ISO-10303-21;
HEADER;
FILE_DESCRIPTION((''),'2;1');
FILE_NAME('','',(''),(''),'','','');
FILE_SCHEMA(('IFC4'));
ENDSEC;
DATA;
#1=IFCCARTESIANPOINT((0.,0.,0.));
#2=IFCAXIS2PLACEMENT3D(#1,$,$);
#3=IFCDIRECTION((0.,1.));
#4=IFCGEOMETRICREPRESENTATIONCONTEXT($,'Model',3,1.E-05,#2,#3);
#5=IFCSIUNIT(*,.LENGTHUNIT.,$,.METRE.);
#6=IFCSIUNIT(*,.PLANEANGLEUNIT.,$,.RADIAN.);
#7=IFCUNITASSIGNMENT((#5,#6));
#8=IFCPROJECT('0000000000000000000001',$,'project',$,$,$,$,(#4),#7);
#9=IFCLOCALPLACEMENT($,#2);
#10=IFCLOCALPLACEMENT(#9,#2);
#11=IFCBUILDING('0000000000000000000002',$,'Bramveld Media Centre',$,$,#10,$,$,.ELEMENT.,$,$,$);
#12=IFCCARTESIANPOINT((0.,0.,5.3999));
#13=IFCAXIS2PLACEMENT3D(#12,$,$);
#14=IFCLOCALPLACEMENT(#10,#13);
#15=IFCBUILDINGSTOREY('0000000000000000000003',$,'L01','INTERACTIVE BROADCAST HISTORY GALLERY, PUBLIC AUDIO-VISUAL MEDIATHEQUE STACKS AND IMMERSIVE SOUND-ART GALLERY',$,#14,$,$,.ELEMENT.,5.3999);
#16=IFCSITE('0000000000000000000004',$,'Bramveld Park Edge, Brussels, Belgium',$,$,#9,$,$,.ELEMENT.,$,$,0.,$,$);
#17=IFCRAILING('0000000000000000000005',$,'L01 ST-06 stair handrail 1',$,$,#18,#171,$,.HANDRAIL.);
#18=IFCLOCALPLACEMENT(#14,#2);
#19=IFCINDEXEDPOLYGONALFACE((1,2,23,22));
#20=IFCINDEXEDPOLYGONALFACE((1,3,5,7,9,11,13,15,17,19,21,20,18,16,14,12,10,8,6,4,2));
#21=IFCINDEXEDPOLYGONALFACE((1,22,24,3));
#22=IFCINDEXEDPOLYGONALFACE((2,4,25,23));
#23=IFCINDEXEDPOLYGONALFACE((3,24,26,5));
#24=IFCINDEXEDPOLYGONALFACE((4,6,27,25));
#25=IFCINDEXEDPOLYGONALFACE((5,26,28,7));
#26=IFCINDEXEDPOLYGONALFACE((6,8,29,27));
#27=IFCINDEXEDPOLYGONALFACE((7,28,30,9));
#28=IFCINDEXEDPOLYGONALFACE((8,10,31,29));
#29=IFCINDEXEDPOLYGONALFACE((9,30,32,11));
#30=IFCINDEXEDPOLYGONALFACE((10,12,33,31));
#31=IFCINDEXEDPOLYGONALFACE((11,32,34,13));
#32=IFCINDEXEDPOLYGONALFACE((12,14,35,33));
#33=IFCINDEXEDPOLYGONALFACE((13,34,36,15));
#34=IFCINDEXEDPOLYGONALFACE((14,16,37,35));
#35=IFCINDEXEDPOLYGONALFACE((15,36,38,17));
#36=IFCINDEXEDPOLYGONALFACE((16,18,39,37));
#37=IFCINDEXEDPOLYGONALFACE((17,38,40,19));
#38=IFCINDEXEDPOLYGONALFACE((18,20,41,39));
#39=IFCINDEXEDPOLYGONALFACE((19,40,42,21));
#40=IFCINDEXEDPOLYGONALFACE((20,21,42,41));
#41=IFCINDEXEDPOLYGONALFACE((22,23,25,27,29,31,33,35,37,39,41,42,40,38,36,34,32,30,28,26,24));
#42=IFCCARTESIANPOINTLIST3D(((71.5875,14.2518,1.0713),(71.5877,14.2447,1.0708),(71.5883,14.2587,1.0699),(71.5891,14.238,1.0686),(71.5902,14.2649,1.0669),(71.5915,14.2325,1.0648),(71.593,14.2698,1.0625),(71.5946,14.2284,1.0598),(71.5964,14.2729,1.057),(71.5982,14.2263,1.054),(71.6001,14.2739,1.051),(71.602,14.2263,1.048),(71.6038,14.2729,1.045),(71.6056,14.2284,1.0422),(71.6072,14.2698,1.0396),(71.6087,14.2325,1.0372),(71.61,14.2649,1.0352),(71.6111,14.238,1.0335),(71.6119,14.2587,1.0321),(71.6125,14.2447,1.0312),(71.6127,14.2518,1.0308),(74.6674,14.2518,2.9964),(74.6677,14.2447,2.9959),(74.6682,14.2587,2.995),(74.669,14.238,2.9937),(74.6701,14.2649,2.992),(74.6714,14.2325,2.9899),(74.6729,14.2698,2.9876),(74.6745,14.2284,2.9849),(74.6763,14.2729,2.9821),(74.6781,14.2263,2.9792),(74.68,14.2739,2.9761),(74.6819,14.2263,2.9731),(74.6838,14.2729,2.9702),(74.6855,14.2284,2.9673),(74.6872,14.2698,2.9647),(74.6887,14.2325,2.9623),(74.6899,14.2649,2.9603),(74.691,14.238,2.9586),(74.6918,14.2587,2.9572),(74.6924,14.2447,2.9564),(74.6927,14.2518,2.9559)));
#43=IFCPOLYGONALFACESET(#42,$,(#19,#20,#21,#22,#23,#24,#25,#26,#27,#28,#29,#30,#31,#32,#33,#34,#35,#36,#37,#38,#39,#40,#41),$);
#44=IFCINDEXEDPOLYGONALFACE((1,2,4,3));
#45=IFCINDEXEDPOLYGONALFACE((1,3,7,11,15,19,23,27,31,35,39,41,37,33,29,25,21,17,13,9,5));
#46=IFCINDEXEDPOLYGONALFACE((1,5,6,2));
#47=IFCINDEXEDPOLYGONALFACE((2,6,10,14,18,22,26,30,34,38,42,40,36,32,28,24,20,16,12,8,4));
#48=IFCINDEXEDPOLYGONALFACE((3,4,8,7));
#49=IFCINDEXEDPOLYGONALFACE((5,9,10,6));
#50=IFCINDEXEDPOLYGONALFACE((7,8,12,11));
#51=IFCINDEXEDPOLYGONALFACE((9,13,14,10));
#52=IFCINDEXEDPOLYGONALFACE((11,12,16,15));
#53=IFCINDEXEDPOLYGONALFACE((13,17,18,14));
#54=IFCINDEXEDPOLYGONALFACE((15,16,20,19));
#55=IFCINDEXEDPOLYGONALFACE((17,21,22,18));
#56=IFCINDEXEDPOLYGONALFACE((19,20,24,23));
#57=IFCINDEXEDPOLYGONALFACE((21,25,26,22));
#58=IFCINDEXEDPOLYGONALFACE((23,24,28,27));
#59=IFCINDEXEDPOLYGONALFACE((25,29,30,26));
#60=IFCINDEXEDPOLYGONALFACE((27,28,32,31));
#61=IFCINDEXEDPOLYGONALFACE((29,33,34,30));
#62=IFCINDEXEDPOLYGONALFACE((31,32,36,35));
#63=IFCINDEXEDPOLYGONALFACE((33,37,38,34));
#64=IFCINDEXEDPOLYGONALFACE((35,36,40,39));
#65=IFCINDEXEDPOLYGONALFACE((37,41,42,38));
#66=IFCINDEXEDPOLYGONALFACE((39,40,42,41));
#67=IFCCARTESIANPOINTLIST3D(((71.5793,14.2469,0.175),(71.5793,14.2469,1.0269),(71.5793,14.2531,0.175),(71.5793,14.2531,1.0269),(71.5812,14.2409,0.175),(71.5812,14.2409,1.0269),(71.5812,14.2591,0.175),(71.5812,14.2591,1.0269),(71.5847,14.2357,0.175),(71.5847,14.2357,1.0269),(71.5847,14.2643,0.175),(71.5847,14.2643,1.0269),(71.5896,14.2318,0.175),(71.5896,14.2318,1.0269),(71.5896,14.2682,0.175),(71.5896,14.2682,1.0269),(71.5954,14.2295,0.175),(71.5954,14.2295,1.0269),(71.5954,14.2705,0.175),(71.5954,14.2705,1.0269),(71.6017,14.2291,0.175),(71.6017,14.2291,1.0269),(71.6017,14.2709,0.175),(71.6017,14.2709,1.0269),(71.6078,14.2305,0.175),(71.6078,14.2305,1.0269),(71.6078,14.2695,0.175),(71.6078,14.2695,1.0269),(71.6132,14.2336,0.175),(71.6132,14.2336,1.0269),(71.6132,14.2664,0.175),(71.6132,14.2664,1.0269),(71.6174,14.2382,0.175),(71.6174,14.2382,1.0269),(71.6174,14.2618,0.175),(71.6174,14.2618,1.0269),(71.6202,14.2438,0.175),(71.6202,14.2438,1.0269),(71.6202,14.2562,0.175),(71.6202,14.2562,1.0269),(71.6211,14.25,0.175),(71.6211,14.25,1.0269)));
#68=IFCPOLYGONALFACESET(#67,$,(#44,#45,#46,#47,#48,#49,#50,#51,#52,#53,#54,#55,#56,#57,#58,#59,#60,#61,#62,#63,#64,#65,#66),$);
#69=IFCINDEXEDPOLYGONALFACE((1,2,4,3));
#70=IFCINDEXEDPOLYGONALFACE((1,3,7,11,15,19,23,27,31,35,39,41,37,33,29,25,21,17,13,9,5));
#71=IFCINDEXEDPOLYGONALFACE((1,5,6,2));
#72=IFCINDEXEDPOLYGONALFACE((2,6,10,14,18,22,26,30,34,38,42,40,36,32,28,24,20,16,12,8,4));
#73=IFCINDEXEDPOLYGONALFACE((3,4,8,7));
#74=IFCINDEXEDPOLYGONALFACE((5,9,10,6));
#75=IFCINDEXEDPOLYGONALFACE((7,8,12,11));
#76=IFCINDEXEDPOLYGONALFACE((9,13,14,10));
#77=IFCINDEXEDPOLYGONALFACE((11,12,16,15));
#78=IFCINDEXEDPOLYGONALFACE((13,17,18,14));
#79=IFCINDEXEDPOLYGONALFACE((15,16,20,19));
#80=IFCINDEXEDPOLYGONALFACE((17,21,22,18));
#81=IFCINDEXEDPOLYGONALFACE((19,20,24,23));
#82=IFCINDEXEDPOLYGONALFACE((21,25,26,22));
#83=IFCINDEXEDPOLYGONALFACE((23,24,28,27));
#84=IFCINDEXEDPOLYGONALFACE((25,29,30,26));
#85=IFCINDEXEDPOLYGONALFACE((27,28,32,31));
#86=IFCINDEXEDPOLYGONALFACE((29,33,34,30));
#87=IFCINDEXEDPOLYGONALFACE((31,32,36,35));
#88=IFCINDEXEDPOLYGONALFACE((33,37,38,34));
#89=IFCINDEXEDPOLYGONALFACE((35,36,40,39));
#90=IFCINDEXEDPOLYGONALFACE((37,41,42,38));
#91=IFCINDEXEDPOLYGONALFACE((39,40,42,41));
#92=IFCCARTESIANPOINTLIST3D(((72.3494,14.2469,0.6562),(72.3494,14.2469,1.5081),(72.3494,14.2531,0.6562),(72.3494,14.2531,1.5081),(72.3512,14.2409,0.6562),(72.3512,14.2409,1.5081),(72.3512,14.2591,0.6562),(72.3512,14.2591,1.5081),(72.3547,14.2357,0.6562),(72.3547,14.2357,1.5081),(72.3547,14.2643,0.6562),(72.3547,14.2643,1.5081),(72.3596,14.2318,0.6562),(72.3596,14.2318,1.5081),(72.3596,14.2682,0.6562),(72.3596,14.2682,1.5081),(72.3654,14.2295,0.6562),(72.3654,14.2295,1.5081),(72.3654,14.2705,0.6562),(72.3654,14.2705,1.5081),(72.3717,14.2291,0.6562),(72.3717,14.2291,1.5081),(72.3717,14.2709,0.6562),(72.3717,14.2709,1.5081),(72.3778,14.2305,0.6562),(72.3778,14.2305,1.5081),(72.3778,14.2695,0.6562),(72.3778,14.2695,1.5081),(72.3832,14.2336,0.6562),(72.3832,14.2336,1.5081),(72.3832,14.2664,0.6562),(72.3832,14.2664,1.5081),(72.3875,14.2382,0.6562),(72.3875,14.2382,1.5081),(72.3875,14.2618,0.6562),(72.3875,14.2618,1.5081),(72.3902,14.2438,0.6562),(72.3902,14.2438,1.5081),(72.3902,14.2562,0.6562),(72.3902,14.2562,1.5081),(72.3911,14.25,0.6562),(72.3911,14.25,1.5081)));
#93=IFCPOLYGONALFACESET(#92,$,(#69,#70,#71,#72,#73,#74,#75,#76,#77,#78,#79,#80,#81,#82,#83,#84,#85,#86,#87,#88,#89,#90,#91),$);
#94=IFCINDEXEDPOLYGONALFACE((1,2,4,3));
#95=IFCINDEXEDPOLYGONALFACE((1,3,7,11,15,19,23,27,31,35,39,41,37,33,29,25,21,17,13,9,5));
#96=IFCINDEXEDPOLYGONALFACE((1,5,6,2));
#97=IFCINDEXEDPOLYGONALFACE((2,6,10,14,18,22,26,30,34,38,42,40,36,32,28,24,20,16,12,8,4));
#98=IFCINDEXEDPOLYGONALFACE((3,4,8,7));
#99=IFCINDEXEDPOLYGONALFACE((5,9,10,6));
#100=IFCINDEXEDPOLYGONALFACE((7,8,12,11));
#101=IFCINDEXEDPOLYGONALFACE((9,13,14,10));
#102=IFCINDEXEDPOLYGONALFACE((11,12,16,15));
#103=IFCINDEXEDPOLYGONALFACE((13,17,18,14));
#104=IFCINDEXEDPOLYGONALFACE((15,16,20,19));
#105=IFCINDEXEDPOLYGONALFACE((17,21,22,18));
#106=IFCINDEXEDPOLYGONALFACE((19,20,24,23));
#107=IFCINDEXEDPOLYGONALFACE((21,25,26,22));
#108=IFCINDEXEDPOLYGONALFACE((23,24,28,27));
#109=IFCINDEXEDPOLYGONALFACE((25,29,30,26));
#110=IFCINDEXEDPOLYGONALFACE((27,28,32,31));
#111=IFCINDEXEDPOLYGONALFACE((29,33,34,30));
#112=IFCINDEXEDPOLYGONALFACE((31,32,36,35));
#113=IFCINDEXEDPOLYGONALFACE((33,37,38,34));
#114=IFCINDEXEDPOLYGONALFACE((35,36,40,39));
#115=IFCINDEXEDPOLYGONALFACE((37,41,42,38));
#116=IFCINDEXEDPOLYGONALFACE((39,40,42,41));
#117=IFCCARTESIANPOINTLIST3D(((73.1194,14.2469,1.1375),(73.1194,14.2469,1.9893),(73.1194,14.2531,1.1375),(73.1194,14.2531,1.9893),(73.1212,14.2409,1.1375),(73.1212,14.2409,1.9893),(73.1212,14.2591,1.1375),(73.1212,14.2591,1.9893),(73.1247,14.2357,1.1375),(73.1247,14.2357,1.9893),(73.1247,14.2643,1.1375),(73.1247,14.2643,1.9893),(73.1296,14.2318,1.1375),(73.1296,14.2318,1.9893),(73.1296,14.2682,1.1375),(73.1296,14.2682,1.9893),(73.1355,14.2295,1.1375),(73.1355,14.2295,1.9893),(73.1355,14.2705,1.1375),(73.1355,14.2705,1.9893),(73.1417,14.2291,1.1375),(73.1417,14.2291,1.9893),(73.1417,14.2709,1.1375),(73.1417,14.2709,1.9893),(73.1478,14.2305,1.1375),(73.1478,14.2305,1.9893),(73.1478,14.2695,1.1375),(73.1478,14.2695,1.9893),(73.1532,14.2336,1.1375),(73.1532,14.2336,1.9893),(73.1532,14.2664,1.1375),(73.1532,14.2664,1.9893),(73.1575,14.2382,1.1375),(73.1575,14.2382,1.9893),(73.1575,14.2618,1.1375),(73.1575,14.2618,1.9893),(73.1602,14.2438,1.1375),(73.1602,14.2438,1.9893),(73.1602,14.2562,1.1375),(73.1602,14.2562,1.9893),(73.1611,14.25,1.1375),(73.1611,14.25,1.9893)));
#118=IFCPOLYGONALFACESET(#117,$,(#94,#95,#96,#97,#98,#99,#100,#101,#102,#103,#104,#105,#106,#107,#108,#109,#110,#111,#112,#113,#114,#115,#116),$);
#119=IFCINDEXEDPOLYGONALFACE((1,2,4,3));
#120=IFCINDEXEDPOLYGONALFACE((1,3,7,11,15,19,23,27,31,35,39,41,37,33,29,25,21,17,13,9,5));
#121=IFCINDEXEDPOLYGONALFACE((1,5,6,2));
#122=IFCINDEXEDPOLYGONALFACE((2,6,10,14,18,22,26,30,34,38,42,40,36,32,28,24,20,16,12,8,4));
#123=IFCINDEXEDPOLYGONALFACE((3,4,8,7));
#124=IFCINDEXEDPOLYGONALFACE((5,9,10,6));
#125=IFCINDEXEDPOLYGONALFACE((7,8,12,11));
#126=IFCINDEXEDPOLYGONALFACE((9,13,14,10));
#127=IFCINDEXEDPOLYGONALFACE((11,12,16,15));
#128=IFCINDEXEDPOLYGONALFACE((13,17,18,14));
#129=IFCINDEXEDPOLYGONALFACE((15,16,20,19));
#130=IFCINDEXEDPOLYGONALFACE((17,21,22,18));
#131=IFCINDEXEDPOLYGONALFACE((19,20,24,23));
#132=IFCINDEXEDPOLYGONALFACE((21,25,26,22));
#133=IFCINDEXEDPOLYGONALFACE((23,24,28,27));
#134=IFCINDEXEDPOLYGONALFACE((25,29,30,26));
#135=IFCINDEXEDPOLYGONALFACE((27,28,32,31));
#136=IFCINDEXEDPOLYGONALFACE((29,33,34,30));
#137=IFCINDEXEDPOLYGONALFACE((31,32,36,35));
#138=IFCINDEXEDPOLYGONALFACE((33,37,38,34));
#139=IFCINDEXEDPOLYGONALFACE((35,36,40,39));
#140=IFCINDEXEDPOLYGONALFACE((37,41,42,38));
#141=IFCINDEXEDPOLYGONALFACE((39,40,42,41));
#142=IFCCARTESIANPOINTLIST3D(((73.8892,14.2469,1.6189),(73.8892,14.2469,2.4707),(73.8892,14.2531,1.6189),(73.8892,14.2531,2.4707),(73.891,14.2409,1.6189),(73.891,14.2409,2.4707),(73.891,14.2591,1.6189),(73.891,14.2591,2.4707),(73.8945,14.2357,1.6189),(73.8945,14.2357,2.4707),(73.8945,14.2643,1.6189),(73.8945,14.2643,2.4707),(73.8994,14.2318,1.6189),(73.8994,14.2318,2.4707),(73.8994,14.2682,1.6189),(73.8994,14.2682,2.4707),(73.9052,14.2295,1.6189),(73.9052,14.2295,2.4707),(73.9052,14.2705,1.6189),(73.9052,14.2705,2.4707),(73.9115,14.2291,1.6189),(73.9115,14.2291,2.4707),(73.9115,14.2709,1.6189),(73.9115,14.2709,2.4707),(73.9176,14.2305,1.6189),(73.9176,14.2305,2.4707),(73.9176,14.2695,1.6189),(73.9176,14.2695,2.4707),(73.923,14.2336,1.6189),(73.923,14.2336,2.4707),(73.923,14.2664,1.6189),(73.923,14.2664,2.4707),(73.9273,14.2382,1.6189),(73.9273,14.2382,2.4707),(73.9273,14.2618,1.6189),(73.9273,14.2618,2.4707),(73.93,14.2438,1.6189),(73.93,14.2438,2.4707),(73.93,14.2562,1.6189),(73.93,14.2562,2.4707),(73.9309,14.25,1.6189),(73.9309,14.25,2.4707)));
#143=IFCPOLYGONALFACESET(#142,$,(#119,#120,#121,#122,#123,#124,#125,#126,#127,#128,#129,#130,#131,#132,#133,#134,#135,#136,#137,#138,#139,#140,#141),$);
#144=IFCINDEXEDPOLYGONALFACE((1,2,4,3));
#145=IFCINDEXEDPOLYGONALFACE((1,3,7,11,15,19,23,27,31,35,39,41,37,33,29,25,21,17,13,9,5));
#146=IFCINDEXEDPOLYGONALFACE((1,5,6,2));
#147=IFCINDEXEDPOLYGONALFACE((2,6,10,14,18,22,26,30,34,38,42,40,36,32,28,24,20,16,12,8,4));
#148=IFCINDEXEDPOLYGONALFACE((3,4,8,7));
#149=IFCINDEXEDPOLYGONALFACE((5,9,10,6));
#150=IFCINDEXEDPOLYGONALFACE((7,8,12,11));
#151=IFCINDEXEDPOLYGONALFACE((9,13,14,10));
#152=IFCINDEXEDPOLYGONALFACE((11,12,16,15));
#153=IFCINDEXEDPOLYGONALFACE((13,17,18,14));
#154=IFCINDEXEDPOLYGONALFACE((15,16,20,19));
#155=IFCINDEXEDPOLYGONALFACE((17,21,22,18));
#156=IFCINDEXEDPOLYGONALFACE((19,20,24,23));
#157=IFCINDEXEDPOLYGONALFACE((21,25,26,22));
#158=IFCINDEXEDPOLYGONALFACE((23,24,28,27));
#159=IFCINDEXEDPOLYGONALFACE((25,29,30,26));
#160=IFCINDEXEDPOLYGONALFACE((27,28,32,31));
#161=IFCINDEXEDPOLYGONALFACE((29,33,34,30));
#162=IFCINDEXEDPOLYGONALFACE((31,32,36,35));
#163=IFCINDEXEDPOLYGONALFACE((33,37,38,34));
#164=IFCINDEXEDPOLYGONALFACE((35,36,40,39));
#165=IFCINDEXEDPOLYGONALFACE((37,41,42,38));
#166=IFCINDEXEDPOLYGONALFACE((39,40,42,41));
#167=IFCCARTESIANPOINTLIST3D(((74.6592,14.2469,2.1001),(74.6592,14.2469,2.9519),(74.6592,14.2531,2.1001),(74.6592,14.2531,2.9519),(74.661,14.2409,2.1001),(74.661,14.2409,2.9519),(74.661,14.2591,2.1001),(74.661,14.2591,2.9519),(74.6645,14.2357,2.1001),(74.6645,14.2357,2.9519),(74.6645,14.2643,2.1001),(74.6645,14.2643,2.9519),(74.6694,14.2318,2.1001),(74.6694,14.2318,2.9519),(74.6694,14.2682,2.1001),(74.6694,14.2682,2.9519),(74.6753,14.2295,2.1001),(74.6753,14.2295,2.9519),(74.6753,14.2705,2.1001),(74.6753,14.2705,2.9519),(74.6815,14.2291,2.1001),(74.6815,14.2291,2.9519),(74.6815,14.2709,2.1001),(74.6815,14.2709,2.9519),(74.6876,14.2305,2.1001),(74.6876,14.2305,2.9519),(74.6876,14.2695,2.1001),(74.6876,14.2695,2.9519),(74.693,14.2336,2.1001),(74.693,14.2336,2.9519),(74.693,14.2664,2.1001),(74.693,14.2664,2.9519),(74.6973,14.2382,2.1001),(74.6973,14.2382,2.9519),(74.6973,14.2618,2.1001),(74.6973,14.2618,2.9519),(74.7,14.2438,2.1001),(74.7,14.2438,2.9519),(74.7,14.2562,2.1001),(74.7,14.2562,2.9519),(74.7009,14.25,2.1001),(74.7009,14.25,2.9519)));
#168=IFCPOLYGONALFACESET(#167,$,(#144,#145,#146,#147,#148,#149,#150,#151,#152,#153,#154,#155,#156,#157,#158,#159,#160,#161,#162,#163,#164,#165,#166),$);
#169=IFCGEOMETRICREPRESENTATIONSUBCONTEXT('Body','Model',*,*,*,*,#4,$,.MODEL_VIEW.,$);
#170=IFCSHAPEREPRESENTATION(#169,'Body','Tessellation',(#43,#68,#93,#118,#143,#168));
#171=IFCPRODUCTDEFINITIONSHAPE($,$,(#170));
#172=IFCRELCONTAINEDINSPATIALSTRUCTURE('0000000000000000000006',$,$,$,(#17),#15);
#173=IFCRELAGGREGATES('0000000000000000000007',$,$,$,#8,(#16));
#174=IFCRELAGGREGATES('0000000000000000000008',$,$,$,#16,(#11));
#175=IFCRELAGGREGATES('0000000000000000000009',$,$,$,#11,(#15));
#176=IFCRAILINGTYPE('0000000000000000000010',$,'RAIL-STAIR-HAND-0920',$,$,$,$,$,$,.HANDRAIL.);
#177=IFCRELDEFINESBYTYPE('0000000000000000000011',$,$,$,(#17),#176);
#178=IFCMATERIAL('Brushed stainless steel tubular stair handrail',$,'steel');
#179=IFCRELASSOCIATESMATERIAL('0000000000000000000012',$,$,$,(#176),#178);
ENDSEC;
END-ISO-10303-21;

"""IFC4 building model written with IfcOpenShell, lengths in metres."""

from ifc_helpers import new_model, si_unit, direction, frame, origin, origin_2d, place, context, subcontext, project, spatial, circle, extrude, material, type_object, element, save


model = new_model("IFC4")

# Units and contexts
model_context = context("Model", 3, precision=1e-05, world=origin(), true_north=direction((0.0, 1.0)))
body_context = subcontext(model_context, "Body", "Model", "MODEL_VIEW")
ifc_project = project(units=[si_unit("LENGTHUNIT", "METRE"), si_unit("PLANEANGLEUNIT", "RADIAN")], contexts=[model_context])

# Site, building, storey
site_placement = place(None, origin())
site = spatial("IfcSite", under=ifc_project, at=site_placement, Name="Bramveld Park Edge, Brussels, Belgium", CompositionType="ELEMENT", RefElevation=0.0)
building_placement = place(site_placement, origin())
building = spatial("IfcBuilding", under=site, at=building_placement, Name="Bramveld Media Centre", CompositionType="ELEMENT")
storey_placement = place(building_placement, frame((0.0, 0.0, 5.3999)))
storey = spatial("IfcBuildingStorey", under=building, at=storey_placement, Name="L01", Description="INTERACTIVE BROADCAST HISTORY GALLERY, PUBLIC AUDIO-VISUAL MEDIATHEQUE STACKS AND IMMERSIVE SOUND-ART GALLERY", CompositionType="ELEMENT", Elevation=5.3999)

# Railing
ifc_material_1 = material(Name="Brushed stainless steel tubular stair handrail", Category="steel")
railing_type_1 = type_object("IfcRailingType", Name="RAIL-STAIR-HAND-0920", PredefinedType="HANDRAIL", material=ifc_material_1)
railing_1_placement = place(storey_placement, frame((71.6001, 14.25, 0.175)))
element("IfcRailing", 1, at=railing_1_placement, inside=storey, type_object=railing_type_1, Name="L01 ST-06 stair handrail 1", PredefinedType="HANDRAIL", context=body_context, shape_type="SweptSolid", body=[
    extrude(circle(Radius=0.0239, at=origin_2d()), frame((0.0, 0.0, 0.876), z_axis=(0.847979, 0.0, 0.530029), x_axis=(0.0, 1.0, 0.0)), (0.0, 0.0, 1.0), 3.6321),
    extrude(circle(Radius=0.021, at=origin_2d()), origin(), (0.0, 0.0, 1.0), 0.8518),
    extrude(circle(Radius=0.021, at=origin_2d()), frame((0.77, 0.0, 0.4812)), (0.0, 0.0, 1.0), 0.8518),
    extrude(circle(Radius=0.021, at=origin_2d()), frame((1.54, 0.0, 0.9624)), (0.0, 0.0, 1.0), 0.8518),
    extrude(circle(Radius=0.021, at=origin_2d()), frame((2.3098, 0.0, 1.4438)), (0.0, 0.0, 1.0), 0.8518),
    extrude(circle(Radius=0.021, at=origin_2d()), frame((3.0798, 0.0, 1.925)), (0.0, 0.0, 1.0), 0.8518),
])

save(model, "model.ifc")
